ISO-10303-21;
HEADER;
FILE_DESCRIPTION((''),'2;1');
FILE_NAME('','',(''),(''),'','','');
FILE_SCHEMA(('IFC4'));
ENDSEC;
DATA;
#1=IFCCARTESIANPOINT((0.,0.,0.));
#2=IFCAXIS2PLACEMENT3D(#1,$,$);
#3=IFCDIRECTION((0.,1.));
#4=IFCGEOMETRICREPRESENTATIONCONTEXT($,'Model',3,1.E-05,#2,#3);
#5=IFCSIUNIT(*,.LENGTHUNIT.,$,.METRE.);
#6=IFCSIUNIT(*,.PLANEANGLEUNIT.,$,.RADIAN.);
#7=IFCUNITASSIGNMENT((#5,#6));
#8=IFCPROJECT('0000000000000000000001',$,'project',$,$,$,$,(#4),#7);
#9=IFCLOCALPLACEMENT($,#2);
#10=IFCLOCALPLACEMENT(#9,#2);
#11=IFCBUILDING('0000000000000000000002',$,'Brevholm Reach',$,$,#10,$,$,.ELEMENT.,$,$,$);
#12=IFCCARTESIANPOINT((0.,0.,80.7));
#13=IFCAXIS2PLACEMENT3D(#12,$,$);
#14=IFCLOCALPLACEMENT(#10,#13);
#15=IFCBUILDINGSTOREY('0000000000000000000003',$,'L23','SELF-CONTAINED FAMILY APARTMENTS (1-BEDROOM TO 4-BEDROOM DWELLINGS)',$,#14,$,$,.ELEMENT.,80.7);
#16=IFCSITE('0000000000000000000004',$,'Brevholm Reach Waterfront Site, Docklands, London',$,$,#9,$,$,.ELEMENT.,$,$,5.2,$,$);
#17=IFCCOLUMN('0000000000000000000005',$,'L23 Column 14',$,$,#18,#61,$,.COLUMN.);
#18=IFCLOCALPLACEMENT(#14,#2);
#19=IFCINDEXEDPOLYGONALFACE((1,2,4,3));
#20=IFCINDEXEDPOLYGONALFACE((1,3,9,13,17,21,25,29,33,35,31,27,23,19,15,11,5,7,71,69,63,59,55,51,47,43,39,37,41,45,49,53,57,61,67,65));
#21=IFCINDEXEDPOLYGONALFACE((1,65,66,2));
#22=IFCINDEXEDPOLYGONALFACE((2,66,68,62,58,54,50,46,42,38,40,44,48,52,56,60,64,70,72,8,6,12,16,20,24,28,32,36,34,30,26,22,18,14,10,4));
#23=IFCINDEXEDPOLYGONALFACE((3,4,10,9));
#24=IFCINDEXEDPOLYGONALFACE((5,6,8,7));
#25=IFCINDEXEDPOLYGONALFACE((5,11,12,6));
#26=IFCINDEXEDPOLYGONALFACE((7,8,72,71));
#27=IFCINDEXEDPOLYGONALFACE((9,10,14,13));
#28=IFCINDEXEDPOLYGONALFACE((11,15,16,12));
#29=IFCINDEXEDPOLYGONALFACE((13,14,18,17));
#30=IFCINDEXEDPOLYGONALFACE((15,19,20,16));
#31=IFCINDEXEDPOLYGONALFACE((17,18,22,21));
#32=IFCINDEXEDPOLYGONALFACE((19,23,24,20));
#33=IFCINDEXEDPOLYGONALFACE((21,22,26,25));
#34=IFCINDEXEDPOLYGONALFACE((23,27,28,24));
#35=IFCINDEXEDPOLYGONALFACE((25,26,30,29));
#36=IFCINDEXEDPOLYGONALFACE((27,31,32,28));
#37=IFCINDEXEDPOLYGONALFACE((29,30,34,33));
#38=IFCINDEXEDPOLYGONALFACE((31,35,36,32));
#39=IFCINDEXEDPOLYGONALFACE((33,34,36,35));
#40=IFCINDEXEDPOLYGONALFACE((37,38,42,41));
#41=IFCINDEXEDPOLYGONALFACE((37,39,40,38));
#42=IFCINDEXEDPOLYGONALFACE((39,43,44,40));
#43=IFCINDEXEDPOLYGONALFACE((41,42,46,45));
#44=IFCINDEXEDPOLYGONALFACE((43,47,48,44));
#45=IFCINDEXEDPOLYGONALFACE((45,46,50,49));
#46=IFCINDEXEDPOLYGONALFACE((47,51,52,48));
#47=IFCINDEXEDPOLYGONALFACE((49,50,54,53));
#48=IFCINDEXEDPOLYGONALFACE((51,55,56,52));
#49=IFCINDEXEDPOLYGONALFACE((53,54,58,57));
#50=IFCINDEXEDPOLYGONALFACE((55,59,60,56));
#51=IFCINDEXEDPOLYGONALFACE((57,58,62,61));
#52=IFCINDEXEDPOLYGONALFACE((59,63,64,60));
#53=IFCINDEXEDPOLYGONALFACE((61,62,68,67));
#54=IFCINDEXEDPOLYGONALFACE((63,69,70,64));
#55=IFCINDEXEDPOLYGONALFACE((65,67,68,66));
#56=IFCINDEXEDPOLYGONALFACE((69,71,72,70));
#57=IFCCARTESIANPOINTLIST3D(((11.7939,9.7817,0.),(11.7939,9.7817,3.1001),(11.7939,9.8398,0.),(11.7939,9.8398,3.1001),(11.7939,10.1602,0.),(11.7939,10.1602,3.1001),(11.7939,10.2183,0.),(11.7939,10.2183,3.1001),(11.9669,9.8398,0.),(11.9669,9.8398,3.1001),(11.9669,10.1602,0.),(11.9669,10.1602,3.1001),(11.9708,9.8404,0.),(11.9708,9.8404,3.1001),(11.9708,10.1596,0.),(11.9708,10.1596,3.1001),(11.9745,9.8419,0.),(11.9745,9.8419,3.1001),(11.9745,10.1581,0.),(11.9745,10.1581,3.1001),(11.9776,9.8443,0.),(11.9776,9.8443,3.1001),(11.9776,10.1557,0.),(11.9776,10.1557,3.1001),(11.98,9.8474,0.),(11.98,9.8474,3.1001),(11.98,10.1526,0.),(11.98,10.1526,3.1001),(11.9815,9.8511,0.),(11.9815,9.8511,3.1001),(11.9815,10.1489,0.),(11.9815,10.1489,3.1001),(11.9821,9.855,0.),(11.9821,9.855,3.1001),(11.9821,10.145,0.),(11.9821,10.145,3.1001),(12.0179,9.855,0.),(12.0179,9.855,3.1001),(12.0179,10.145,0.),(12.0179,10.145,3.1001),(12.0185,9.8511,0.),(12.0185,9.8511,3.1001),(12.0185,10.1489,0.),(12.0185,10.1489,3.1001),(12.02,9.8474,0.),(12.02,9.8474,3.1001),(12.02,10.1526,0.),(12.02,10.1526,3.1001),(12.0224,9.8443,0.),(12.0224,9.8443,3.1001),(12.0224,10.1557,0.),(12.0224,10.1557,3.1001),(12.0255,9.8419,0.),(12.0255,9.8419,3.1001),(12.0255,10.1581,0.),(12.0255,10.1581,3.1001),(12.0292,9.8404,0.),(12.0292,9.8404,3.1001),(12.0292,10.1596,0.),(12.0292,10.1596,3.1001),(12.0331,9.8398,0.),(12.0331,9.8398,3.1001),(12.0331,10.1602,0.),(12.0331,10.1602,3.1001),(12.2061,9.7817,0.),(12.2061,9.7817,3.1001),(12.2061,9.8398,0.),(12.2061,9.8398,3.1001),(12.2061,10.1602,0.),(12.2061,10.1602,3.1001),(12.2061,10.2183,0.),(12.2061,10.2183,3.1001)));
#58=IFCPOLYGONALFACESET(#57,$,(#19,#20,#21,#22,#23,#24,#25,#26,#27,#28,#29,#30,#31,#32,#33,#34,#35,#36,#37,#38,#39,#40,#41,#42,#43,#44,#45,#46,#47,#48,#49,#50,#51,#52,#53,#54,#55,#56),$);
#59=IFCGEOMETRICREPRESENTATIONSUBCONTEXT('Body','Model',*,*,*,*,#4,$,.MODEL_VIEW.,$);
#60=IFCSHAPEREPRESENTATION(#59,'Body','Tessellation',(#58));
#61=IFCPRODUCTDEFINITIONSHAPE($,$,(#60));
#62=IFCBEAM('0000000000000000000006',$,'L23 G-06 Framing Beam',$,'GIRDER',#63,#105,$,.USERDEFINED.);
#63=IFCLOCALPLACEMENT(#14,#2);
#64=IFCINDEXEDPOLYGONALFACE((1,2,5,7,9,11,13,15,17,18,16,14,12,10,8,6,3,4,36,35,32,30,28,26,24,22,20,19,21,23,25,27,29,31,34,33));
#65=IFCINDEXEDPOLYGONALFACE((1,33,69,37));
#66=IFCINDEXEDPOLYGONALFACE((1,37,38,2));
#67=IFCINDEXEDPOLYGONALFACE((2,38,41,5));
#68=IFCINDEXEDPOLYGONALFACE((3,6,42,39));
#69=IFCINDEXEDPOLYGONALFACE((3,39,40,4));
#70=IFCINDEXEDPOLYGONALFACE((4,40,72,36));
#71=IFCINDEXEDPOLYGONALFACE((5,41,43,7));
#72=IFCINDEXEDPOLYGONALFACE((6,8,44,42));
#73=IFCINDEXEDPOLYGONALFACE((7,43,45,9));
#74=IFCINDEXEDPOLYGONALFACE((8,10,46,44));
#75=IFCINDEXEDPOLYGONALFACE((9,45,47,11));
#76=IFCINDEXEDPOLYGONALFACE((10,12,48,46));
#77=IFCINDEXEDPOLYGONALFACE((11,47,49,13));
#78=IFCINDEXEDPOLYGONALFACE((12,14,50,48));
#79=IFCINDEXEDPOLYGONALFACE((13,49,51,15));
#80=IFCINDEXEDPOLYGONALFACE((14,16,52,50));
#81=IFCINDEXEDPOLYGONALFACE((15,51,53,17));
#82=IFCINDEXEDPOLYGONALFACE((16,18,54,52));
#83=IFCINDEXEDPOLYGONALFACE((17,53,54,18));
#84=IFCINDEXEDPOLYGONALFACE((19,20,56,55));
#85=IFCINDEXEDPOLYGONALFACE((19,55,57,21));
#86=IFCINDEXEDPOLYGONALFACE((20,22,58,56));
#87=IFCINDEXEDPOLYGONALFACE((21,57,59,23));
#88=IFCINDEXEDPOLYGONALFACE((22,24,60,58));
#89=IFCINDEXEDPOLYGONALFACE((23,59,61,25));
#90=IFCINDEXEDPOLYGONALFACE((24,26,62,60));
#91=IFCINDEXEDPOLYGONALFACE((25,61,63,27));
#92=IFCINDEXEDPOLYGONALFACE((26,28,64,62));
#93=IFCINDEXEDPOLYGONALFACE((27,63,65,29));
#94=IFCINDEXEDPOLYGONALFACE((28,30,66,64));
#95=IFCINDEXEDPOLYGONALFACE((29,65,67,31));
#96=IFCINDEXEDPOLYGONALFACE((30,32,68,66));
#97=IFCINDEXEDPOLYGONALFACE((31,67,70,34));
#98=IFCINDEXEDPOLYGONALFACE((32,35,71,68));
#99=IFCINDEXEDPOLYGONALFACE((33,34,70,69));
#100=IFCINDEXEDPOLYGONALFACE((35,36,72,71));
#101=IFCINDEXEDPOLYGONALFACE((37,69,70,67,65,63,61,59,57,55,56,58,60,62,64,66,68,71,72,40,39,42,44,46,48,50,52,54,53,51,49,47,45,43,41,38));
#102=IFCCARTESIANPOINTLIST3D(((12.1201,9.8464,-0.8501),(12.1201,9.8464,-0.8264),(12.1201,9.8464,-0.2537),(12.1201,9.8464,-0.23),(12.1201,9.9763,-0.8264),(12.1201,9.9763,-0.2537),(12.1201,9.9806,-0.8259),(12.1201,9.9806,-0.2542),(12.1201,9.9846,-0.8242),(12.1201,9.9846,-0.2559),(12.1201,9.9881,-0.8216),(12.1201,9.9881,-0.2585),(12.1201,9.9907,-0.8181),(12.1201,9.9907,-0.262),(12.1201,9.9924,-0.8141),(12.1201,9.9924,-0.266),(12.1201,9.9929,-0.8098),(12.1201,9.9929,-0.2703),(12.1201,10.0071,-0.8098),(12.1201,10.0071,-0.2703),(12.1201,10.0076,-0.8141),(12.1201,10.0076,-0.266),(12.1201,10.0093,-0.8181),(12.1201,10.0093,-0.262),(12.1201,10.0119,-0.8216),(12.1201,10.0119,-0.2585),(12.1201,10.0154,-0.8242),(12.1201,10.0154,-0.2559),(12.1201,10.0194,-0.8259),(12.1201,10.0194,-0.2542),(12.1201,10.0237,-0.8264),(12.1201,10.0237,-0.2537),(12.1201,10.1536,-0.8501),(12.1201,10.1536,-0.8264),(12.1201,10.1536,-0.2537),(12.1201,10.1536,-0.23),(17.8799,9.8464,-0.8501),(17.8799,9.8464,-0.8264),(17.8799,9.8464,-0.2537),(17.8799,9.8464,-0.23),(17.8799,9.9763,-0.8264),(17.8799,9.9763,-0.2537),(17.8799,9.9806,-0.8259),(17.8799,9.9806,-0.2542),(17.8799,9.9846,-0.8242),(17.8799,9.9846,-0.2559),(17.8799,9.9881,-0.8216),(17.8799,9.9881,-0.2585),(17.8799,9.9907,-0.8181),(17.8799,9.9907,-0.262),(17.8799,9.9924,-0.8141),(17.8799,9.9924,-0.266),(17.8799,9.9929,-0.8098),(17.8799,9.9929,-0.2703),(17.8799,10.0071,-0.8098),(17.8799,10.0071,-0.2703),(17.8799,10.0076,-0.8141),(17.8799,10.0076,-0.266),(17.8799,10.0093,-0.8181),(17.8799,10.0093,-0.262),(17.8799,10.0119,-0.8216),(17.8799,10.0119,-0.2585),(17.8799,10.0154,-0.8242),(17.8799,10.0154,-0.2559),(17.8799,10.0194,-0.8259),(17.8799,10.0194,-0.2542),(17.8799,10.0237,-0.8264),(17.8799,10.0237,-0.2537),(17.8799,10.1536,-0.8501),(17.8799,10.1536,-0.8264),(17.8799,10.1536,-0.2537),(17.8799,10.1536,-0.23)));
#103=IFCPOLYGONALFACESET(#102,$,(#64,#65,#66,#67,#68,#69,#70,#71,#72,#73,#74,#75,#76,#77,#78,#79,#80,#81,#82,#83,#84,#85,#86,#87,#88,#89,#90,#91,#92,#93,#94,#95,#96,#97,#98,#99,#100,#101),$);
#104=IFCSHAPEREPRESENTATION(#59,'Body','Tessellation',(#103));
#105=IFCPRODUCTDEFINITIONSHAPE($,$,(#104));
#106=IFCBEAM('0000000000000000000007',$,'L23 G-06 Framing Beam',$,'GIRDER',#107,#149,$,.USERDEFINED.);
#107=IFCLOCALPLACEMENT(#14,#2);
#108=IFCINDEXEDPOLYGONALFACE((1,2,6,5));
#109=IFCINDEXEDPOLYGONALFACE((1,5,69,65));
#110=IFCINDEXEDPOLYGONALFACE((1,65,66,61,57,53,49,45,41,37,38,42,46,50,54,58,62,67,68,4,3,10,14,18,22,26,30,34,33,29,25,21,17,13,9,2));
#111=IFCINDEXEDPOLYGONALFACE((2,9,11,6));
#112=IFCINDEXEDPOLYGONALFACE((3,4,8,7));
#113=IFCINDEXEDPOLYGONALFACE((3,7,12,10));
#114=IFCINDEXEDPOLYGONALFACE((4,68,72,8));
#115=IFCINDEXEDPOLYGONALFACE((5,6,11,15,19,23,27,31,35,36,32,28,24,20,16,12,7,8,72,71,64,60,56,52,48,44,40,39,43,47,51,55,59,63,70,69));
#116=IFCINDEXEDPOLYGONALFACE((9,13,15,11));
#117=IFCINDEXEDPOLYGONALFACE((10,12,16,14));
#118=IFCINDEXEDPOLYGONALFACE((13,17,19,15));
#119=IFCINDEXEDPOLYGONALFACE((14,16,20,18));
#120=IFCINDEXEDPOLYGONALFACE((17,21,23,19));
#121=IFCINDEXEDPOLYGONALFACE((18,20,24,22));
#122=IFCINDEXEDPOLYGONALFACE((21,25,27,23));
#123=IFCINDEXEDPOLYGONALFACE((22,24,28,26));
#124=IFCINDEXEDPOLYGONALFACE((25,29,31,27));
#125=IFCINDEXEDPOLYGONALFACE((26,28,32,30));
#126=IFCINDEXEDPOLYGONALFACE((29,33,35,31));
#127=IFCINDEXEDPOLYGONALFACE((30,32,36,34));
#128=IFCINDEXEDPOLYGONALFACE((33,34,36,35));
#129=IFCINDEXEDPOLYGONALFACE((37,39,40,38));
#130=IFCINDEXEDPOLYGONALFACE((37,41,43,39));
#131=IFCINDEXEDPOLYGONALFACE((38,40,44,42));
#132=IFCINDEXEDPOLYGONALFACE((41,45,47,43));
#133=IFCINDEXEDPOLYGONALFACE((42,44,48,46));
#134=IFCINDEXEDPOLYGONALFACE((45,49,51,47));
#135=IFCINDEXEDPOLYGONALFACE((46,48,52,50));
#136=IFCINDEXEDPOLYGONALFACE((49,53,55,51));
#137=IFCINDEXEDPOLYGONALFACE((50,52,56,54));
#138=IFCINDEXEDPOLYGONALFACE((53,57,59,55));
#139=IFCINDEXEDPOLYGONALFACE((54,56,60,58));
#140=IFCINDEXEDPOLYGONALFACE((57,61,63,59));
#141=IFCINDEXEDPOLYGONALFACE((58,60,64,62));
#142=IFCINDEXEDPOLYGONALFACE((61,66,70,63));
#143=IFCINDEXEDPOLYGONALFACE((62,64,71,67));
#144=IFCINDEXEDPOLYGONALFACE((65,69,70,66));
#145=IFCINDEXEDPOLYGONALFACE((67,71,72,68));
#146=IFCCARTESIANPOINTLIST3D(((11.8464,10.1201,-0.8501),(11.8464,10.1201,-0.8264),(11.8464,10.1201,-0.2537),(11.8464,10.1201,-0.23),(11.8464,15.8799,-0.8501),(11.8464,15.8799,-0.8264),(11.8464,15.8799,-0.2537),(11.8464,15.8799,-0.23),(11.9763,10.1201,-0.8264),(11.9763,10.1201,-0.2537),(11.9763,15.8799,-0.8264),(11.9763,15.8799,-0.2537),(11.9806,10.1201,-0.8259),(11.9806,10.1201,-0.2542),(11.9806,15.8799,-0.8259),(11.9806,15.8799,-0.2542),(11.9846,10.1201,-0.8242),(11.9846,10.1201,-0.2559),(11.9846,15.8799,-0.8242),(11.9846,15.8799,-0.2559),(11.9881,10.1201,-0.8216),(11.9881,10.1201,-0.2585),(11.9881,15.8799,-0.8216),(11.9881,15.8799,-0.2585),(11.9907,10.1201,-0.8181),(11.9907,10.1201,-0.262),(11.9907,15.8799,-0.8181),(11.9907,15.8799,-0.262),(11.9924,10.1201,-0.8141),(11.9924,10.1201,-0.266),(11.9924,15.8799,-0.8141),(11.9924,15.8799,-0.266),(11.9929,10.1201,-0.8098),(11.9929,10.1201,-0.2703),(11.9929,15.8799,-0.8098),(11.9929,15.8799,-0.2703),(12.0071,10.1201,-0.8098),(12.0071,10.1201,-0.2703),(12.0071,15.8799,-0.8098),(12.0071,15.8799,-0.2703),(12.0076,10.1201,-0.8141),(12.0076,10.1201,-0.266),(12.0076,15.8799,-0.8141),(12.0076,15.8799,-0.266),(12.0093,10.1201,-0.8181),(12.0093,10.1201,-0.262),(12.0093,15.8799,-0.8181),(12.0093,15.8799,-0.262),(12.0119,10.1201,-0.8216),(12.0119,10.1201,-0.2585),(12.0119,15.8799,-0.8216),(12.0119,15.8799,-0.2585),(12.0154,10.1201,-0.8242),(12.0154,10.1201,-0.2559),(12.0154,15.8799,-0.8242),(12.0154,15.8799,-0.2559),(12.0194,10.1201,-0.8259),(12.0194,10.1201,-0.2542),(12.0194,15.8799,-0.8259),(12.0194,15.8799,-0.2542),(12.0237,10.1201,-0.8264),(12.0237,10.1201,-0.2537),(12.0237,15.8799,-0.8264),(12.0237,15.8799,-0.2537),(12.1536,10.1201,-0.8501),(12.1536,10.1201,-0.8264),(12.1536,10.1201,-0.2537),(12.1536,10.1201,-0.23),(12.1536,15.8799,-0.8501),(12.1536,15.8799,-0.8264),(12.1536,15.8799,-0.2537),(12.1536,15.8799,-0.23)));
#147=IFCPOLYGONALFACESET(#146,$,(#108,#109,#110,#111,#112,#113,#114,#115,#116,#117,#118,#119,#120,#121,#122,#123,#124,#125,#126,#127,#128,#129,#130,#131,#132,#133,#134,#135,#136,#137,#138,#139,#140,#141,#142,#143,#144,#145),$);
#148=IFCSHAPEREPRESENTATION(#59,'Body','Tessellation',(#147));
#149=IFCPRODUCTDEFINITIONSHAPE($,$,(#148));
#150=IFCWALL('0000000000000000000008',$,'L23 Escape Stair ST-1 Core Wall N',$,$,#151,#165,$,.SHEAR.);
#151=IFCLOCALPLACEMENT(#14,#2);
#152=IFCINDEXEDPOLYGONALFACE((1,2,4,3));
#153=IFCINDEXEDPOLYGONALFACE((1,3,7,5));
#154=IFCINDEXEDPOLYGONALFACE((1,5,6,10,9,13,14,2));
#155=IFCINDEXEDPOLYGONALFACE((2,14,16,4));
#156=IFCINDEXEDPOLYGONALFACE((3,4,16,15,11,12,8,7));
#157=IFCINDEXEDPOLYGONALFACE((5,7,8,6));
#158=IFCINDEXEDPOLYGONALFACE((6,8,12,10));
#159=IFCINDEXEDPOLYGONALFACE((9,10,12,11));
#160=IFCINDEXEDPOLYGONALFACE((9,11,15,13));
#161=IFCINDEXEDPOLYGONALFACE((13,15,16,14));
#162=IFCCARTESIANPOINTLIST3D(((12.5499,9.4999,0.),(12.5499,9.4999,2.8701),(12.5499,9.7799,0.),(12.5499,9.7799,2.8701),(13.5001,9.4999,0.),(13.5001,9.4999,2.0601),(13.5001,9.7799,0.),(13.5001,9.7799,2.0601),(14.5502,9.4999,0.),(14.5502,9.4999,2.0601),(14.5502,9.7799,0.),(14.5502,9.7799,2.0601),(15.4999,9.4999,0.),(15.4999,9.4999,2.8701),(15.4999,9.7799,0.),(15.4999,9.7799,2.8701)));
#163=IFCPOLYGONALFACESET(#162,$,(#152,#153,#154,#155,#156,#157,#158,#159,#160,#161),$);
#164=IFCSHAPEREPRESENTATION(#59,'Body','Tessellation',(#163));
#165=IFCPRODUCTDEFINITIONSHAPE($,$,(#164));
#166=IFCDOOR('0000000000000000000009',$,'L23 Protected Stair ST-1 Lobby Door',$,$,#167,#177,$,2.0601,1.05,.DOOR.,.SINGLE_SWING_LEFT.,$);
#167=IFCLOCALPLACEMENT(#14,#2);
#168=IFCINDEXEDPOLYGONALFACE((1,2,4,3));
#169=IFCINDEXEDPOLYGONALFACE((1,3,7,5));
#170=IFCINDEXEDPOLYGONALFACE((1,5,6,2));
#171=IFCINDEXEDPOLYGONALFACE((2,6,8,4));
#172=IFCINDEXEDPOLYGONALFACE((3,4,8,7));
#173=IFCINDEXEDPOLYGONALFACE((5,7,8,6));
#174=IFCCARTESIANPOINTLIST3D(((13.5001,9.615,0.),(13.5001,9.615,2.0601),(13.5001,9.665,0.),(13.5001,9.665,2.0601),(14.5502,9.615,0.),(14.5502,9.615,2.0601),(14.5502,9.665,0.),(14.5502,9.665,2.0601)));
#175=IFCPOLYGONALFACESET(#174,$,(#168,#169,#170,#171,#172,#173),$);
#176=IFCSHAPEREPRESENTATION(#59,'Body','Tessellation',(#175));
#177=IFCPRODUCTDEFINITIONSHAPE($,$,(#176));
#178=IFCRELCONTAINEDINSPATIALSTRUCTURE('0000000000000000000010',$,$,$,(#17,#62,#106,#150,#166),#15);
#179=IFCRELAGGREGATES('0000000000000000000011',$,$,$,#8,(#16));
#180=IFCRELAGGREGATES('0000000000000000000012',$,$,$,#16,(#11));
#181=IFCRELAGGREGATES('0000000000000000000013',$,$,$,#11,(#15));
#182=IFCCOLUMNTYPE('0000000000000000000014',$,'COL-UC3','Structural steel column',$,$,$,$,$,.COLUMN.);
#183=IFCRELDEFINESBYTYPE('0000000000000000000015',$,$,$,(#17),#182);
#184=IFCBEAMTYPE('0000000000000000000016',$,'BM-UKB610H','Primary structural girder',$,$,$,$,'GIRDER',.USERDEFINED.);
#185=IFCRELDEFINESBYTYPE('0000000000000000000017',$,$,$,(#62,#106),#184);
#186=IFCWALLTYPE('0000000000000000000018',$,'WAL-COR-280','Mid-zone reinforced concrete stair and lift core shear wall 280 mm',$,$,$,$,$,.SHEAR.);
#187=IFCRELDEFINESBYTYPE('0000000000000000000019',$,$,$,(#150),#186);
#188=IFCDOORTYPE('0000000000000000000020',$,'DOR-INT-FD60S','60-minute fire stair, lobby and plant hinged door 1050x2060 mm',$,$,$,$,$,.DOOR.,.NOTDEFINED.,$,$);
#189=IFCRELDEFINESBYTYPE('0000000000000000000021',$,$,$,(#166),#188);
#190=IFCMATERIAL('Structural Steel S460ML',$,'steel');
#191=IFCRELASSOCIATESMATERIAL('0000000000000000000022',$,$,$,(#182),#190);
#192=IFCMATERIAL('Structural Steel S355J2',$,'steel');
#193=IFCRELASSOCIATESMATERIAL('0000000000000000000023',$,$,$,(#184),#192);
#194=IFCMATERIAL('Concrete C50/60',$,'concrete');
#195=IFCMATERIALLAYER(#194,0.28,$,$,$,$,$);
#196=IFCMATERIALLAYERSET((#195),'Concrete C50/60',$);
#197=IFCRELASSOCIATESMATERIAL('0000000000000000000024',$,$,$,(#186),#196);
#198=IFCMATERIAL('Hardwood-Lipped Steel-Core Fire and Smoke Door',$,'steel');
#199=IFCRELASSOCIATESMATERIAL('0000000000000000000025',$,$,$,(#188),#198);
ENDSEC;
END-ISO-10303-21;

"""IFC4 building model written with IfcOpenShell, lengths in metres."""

from ifc_helpers import new_model, si_unit, direction, frame, frame_2d, origin, origin_2d, place, context, subcontext, project, spatial, rectangle, i_section, extrude, material, layer, layer_set, material_profile, profile_set, type_object, element, fill, save


model = new_model("IFC4")

# Units and contexts
model_context = context("Model", 3, precision=1e-05, world=origin(), true_north=direction((0.0, 1.0)))
body_context = subcontext(model_context, "Body", "Model", "MODEL_VIEW")
ifc_project = project(units=[si_unit("LENGTHUNIT", "METRE"), si_unit("PLANEANGLEUNIT", "RADIAN")], contexts=[model_context])

# Site, building, storey
site_placement = place(None, origin())
site = spatial("IfcSite", under=ifc_project, at=site_placement, Name="Brevholm Reach Waterfront Site, Docklands, London", CompositionType="ELEMENT", RefElevation=5.2)
building_placement = place(site_placement, origin())
building = spatial("IfcBuilding", under=site, at=building_placement, Name="Brevholm Reach", CompositionType="ELEMENT")
storey_placement = place(building_placement, frame((0.0, 0.0, 80.7)))
storey = spatial("IfcBuildingStorey", under=building, at=storey_placement, Name="L23", Description="SELF-CONTAINED FAMILY APARTMENTS (1-BEDROOM TO 4-BEDROOM DWELLINGS)", CompositionType="ELEMENT", Elevation=80.7)

# Column
ifc_material_1 = material(Name="Structural Steel S460ML", Category="steel")
ifc_material_profile_1 = material_profile(ifc_material_1, i_section(OverallWidth=0.4121, OverallDepth=0.4365, WebThickness=0.0359, FlangeThickness=0.0581, FilletRadius=0.0151, at=origin_2d()), Name="UKC 356x406x467")
ifc_profile_set_1 = profile_set([ifc_material_profile_1], Name="Structural Steel S460ML")
column_type = type_object("IfcColumnType", Name="COL-UC3", Description="Structural steel column", PredefinedType="COLUMN", material=ifc_profile_set_1)
column_placement = place(storey_placement, frame((12.0, 10.0, 0.0), z_axis=(0.0, 0.0, 1.0), x_axis=(1.0, 0.0, 0.0)))
element("IfcColumn", 1, at=column_placement, inside=storey, type_object=column_type, Name="L23 Column 14", PredefinedType="COLUMN", context=body_context, shape_type="SweptSolid", body=[
    extrude(i_section(OverallWidth=0.4121, OverallDepth=0.4365, WebThickness=0.0359, FlangeThickness=0.0581, FilletRadius=0.0151, at=origin_2d()), origin(), (0.0, 0.0, 1.0), 3.1001),
])

# Beams
ifc_material_2 = material(Name="Structural Steel S355J2", Category="steel")
ifc_material_profile_2 = material_profile(ifc_material_2, i_section(OverallWidth=0.3071, OverallDepth=0.6201, WebThickness=0.0142, FlangeThickness=0.0237, FilletRadius=0.0166, at=origin_2d()), Name="UKB 610x305x179")
ifc_profile_set_2 = profile_set([ifc_material_profile_2], Name="Structural Steel S355J2")
beam_type = type_object("IfcBeamType", Name="BM-UKB610H", Description="Primary structural girder", ElementType="GIRDER", PredefinedType="USERDEFINED", material=ifc_profile_set_2)
for number, where, z_axis, x_axis, name in (
    (2, (12.1201, 10.0, -0.54), (1.0, 0.0, 0.0), (0.0, 1.0, 0.0), "L23 G-06 Framing Beam"),
    (3, (12.0, 10.1201, -0.54), (0.0, 1.0, 0.0), (-1.0, 0.0, 0.0), "L23 G-06 Framing Beam"),
):
    element("IfcBeam", number, at=place(storey_placement, frame(where, z_axis=z_axis, x_axis=x_axis)), inside=storey, type_object=beam_type, Name=name, ObjectType="GIRDER", PredefinedType="USERDEFINED", context=body_context, shape_type="SweptSolid", body=[
        extrude(i_section(OverallWidth=0.3071, OverallDepth=0.6201, WebThickness=0.0142, FlangeThickness=0.0237, FilletRadius=0.0166, at=origin_2d()), origin(), (0.0, 0.0, 1.0), 5.7598),
    ])

# Wall, opening, door
ifc_material_3 = material(Name="Concrete C50/60", Category="concrete")
ifc_layer_1 = layer(ifc_material_3, 0.28)
ifc_layer_set_1 = layer_set([ifc_layer_1], Name="Concrete C50/60")
wall_type_1 = type_object("IfcWallType", Name="WAL-COR-280", Description="Mid-zone reinforced concrete stair and lift core shear wall 280 mm", PredefinedType="SHEAR", material=ifc_layer_set_1)
wall_1_placement = place(storey_placement, frame((15.5, 9.6399, 0.0), z_axis=(0.0, 0.0, 1.0), x_axis=(-1.0, 0.0, 0.0)))
wall_1 = element("IfcWall", 4, at=wall_1_placement, inside=storey, type_object=wall_type_1, Name="L23 Escape Stair ST-1 Core Wall N", PredefinedType="SHEAR", context=body_context, shape_type="SweptSolid", body=[
    extrude(rectangle(XDim=2.95, YDim=0.28, at=frame_2d((1.4751, 0.0))), origin(), (0.0, 0.0, 1.0), 2.8701),
])
opening_1_placement = place(wall_1_placement, frame((0.95, 0.0, 0.0)))
opening_1 = element("IfcOpeningElement", 5, at=opening_1_placement, cuts=wall_1, PredefinedType="OPENING", context=body_context, shape_type="SweptSolid", body=[
    extrude(rectangle(XDim=1.05, YDim=2.0601, at=frame_2d((0.5249, 1.03))), frame((0.0, 0.1499, 0.0), z_axis=(0.0, -1.0, 0.0), x_axis=(1.0, 0.0, 0.0)), (0.0, 0.0, 1.0), 0.3),
])
ifc_material_4 = material(Name="Hardwood-Lipped Steel-Core Fire and Smoke Door", Category="steel")
door_type_1 = type_object("IfcDoorType", Name="DOR-INT-FD60S", Description="60-minute fire stair, lobby and plant hinged door 1050x2060 mm", OperationType="NOTDEFINED", PredefinedType="DOOR", material=ifc_material_4)
door_1_placement = place(opening_1_placement, origin())
door_1 = element("IfcDoor", 6, at=door_1_placement, inside=storey, type_object=door_type_1, Name="L23 Protected Stair ST-1 Lobby Door", OperationType="SINGLE_SWING_LEFT", OverallHeight=2.0601, OverallWidth=1.05, PredefinedType="DOOR", context=body_context, shape_type="SweptSolid", body=[
    extrude(rectangle(XDim=1.05, YDim=2.0601, at=frame_2d((0.5249, 1.03))), frame((0.0, 0.0249, 0.0), z_axis=(0.0, -1.0, 0.0), x_axis=(1.0, 0.0, 0.0)), (0.0, 0.0, 1.0), 0.05),
])
fill(opening_1, door_1)

save(model, "model.ifc")
